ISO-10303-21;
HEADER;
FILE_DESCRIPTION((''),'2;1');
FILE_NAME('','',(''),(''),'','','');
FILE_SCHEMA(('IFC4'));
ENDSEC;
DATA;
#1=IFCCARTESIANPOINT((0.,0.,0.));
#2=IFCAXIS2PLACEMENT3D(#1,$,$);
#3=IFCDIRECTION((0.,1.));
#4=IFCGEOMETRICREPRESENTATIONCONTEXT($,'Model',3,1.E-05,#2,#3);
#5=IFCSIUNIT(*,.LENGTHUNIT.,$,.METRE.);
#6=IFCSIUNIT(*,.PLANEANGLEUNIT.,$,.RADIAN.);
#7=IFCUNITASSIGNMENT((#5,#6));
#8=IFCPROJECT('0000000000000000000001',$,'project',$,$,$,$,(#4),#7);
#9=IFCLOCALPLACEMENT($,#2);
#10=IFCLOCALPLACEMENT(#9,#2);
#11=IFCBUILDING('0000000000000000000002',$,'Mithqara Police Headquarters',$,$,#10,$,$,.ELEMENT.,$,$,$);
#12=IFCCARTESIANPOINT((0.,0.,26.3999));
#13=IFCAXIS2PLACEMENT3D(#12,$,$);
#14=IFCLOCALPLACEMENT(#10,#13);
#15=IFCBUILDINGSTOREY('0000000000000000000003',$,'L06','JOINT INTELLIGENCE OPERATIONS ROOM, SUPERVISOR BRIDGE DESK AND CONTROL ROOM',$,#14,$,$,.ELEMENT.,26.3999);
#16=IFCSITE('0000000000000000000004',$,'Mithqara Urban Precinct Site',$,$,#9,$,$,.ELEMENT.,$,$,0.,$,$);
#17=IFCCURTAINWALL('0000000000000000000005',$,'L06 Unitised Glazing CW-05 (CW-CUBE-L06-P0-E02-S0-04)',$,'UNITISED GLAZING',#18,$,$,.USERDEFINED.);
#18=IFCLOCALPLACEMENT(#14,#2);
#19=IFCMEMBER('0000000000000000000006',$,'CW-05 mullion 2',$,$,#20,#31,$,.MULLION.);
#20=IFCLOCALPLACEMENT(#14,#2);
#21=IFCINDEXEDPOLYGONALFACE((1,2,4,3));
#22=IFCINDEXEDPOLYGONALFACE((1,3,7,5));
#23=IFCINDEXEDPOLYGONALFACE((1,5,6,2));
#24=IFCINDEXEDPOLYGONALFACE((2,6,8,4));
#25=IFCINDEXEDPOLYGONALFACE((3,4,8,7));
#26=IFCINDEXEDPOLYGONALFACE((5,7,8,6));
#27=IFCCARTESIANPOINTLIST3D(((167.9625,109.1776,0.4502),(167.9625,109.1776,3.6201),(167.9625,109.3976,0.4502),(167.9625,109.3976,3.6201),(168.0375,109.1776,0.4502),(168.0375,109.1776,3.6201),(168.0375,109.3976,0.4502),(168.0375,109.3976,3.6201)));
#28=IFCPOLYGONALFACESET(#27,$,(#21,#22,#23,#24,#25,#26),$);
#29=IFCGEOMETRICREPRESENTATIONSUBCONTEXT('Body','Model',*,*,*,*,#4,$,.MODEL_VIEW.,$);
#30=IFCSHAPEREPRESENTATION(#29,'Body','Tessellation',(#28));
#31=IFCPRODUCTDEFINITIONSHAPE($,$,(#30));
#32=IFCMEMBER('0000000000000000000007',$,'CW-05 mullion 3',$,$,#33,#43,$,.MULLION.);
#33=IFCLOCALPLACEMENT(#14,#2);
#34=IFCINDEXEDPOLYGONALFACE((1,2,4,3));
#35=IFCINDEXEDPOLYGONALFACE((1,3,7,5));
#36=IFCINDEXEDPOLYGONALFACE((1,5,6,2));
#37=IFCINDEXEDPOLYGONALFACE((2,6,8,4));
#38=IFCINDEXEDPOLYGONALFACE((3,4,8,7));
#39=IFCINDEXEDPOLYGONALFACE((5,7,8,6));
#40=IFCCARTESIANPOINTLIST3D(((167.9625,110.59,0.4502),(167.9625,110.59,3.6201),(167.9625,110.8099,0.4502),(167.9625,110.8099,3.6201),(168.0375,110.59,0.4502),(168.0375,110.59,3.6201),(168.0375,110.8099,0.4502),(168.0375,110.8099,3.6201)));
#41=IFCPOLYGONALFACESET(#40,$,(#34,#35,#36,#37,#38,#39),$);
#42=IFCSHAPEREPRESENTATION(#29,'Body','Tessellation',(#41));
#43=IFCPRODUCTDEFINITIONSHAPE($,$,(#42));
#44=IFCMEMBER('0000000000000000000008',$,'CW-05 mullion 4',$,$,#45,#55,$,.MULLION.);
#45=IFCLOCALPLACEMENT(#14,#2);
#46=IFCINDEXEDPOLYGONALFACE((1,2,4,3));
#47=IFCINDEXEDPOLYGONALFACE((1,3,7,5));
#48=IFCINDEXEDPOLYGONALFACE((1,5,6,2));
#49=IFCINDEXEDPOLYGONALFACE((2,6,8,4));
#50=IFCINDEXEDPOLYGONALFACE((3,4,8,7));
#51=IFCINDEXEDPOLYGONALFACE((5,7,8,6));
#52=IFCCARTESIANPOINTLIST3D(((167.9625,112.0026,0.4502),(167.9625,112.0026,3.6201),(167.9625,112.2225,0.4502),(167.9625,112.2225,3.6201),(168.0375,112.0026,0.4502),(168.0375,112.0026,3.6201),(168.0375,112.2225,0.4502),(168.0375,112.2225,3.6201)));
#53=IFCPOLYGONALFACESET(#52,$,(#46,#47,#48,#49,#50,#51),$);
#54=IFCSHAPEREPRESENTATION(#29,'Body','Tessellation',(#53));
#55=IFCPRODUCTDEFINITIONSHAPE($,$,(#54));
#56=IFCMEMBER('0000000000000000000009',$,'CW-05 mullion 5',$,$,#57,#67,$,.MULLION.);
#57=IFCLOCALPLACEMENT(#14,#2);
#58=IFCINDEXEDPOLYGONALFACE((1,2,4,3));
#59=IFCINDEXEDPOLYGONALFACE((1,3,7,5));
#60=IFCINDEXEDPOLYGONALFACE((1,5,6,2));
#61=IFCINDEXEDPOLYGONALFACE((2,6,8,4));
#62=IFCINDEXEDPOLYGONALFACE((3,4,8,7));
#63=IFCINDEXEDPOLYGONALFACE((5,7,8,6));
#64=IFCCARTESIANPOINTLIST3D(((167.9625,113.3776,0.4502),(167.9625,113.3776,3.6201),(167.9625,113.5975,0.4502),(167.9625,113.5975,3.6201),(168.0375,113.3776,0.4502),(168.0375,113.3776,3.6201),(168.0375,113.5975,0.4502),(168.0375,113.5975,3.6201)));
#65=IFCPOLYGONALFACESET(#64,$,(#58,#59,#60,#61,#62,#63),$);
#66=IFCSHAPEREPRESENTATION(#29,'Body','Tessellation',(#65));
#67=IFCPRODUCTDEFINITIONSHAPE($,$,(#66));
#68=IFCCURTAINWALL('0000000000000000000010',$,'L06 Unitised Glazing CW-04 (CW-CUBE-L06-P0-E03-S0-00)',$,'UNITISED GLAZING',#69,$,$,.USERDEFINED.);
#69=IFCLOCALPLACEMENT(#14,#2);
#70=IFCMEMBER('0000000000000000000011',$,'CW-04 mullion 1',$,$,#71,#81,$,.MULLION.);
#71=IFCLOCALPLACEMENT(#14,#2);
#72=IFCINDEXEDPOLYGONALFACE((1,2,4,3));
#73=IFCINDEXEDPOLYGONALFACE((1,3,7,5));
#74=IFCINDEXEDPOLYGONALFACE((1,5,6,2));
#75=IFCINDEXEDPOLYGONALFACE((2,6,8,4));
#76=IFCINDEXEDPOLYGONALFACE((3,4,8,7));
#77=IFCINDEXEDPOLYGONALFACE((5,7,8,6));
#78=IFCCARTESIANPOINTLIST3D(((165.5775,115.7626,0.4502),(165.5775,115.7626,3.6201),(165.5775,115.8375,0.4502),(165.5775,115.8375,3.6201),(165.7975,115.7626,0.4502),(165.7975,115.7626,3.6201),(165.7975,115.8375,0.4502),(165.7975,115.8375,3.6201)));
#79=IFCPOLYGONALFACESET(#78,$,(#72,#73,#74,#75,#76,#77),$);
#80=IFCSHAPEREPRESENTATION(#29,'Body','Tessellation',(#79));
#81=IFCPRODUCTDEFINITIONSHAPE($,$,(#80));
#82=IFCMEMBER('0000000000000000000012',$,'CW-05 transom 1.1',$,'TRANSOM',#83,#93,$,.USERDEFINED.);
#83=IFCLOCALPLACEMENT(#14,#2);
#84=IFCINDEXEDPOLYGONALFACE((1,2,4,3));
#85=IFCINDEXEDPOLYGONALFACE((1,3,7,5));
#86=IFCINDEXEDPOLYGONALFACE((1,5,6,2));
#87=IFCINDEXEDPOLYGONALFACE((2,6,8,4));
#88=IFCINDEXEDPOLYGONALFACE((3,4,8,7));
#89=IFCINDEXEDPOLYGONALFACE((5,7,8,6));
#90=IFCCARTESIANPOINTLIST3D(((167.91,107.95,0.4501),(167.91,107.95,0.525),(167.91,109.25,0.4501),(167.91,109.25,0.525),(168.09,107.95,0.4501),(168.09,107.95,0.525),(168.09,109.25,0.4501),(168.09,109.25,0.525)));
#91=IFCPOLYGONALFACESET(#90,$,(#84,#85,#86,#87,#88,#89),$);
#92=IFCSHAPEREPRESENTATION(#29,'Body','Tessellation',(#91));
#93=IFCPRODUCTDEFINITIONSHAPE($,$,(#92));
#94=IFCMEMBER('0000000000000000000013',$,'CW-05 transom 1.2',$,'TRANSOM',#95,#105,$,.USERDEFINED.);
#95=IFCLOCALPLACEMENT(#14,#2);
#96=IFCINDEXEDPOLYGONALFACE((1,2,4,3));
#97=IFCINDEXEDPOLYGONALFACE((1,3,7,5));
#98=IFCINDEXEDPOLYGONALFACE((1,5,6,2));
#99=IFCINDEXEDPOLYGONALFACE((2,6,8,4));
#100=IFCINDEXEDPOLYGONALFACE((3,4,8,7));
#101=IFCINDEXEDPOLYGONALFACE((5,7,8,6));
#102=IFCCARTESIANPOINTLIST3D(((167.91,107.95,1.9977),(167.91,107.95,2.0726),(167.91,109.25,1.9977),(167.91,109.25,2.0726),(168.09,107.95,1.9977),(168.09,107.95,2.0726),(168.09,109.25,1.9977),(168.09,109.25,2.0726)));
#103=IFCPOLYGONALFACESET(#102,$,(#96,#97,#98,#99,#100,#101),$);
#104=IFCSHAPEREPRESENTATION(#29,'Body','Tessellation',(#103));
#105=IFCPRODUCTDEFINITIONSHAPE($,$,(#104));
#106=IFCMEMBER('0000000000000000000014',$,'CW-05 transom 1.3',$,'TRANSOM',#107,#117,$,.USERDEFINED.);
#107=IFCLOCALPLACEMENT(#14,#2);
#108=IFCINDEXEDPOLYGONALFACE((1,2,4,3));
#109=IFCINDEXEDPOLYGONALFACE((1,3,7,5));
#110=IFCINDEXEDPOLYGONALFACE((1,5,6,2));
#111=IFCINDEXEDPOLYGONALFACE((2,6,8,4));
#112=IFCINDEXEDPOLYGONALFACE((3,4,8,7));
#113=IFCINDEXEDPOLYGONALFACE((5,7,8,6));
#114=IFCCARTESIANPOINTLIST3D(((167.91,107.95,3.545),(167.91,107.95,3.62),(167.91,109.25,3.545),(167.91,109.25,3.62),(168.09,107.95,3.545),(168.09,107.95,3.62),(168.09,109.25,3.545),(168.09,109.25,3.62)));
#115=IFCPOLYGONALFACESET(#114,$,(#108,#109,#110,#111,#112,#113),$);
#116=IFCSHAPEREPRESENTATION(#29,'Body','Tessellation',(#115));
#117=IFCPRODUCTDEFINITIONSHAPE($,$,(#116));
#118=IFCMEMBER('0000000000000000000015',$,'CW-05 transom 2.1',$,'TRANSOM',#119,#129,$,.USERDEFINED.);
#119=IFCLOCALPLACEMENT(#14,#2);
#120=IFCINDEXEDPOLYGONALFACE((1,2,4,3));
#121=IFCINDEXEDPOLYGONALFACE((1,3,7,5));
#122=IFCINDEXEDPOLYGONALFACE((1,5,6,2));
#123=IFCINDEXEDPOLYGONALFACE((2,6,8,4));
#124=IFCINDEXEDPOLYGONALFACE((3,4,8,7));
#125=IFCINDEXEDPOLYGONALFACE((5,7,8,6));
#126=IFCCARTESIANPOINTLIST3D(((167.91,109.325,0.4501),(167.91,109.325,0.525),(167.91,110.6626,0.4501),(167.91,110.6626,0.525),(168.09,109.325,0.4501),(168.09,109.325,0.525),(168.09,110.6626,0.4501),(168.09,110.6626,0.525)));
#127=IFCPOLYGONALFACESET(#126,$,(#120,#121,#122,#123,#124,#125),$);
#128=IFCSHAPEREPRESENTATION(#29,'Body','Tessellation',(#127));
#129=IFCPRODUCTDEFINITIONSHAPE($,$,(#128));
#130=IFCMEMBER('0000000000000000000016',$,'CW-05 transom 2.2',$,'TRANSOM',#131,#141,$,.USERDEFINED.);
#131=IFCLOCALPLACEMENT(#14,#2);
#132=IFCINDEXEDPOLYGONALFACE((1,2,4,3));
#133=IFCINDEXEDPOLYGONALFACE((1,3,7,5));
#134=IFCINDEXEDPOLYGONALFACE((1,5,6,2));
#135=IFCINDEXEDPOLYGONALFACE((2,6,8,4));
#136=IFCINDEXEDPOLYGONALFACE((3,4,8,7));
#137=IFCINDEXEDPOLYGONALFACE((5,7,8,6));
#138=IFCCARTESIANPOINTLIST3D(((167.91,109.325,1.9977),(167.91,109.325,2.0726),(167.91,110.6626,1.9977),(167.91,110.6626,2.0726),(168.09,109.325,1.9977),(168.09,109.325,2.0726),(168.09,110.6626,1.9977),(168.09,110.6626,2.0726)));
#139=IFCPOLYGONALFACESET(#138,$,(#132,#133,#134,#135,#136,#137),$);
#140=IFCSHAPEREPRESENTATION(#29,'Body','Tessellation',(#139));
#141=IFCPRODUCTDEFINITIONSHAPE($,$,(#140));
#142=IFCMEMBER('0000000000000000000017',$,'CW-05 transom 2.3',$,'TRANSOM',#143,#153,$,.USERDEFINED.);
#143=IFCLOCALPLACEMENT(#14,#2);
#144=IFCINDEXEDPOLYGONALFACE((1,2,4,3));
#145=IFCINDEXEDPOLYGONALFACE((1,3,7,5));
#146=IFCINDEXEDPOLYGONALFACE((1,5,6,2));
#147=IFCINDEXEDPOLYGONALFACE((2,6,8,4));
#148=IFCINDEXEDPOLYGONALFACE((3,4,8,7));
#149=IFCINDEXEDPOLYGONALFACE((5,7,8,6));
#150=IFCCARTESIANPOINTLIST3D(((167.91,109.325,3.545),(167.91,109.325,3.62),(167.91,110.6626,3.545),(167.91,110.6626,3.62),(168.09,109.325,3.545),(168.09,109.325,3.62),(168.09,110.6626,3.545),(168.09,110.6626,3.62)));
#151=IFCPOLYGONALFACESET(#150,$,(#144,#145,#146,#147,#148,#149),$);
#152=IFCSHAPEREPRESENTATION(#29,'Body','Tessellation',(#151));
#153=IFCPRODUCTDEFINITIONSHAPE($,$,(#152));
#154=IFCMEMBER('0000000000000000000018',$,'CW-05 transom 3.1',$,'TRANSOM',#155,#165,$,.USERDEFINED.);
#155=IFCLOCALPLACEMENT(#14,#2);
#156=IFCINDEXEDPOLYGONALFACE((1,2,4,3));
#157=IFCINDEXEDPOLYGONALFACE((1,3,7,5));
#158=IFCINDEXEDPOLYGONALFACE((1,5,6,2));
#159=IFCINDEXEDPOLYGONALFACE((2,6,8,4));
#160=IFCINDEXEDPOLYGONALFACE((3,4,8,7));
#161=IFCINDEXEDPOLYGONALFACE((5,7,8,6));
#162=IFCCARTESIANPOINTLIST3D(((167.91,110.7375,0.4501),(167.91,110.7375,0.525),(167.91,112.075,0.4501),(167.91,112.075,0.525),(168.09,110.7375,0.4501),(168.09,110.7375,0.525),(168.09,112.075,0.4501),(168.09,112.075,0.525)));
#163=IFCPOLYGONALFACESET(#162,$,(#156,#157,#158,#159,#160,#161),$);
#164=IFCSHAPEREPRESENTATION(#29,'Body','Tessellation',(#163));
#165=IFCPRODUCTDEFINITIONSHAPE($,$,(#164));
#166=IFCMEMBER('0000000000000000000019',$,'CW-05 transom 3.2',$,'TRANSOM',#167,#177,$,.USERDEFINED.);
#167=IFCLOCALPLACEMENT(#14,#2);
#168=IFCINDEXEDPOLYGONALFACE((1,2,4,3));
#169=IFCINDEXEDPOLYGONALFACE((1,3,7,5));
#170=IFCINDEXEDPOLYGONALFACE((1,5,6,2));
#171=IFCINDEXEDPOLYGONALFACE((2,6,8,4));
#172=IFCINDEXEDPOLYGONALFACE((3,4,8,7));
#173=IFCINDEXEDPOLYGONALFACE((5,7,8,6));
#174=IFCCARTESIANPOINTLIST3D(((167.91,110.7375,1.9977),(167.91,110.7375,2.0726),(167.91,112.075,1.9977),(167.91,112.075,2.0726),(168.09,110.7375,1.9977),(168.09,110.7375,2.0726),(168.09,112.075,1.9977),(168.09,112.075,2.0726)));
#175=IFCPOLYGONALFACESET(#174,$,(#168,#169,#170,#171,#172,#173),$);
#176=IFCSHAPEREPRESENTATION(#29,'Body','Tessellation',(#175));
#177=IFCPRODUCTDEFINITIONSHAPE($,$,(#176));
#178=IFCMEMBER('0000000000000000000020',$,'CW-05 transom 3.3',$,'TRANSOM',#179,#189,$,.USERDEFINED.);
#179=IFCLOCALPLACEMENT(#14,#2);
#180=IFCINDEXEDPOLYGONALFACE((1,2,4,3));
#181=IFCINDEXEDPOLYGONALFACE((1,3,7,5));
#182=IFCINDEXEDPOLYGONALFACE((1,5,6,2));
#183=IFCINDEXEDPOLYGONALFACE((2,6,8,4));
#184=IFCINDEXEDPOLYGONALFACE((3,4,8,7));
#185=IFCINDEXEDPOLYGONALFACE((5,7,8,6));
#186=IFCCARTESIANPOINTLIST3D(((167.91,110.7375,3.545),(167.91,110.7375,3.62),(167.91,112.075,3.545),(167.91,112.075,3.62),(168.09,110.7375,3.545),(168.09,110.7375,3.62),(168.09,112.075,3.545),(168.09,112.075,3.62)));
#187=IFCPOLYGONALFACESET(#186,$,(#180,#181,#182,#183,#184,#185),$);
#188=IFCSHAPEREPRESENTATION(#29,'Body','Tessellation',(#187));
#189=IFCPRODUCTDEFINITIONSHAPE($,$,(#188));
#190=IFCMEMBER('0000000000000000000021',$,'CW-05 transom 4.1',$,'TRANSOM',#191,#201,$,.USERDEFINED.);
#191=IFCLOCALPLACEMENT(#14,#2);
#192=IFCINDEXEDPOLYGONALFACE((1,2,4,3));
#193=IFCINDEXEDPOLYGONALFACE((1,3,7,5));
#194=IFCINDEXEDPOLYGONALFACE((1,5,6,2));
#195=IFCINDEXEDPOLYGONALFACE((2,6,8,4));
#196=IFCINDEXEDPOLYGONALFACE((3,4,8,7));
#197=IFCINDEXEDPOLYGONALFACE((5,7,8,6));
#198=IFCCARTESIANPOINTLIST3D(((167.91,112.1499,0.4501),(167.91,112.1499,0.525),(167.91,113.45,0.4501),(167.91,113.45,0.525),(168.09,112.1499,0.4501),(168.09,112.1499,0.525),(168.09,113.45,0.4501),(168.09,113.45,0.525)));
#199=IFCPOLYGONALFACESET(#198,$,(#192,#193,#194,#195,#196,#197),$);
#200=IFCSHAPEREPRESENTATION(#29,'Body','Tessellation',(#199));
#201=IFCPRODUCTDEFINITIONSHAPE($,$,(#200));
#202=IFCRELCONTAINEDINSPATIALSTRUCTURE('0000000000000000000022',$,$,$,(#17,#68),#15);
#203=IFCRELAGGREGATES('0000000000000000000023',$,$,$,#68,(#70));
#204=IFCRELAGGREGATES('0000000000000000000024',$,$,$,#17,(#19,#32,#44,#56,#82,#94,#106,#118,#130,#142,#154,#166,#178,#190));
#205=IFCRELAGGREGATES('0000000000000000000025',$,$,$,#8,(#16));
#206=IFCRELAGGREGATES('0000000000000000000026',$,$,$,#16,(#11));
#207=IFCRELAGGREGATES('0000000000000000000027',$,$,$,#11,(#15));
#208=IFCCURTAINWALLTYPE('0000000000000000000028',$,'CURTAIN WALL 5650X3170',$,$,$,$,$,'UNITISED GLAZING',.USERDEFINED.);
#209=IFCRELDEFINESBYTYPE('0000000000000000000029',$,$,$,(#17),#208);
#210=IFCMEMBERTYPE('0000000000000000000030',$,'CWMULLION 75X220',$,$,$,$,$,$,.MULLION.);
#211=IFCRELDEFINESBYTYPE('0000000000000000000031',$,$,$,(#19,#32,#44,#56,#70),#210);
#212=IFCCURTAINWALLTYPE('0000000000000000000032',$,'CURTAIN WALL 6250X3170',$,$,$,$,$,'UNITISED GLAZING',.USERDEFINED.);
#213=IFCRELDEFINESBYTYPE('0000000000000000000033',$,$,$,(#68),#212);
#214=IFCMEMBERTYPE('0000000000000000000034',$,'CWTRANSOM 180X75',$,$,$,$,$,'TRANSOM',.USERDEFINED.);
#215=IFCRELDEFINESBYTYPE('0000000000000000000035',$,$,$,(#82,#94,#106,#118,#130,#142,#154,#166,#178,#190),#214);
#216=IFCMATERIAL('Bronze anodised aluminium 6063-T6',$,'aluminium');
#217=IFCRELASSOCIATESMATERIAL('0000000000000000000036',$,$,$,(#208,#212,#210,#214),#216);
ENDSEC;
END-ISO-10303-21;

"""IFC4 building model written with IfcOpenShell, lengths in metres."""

from ifc_helpers import new_model, si_unit, direction, frame, origin, origin_2d, place, context, subcontext, project, spatial, rectangle, extrude, material, material_profile, profile_set, type_object, element, aggregate, save


model = new_model("IFC4")

# Units and contexts
model_context = context("Model", 3, precision=1e-05, world=origin(), true_north=direction((0.0, 1.0)))
body_context = subcontext(model_context, "Body", "Model", "MODEL_VIEW")
ifc_project = project(units=[si_unit("LENGTHUNIT", "METRE"), si_unit("PLANEANGLEUNIT", "RADIAN")], contexts=[model_context])

# Site, building, storey
site_placement = place(None, origin())
site = spatial("IfcSite", under=ifc_project, at=site_placement, Name="Mithqara Urban Precinct Site", CompositionType="ELEMENT", RefElevation=0.0)
building_placement = place(site_placement, origin())
building = spatial("IfcBuilding", under=site, at=building_placement, Name="Mithqara Police Headquarters", CompositionType="ELEMENT")
storey_placement = place(building_placement, frame((0.0, 0.0, 26.3999)))
storey = spatial("IfcBuildingStorey", under=building, at=storey_placement, Name="L06", Description="JOINT INTELLIGENCE OPERATIONS ROOM, SUPERVISOR BRIDGE DESK AND CONTROL ROOM", CompositionType="ELEMENT", Elevation=26.3999)

# Curtain wall, members
ifc_material_1 = material(Name="Bronze anodised aluminium 6063-T6", Category="aluminium")
curtain_wall_type_1 = type_object("IfcCurtainWallType", Name="CURTAIN WALL 5650X3170", ElementType="UNITISED GLAZING", PredefinedType="USERDEFINED", material=ifc_material_1)
curtain_wall_1_placement = place(storey_placement, origin())
curtain_wall_1 = element("IfcCurtainWall", 1, at=curtain_wall_1_placement, inside=storey, type_object=curtain_wall_type_1, Name="L06 Unitised Glazing CW-05 (CW-CUBE-L06-P0-E02-S0-04)", ObjectType="UNITISED GLAZING", PredefinedType="USERDEFINED")
ifc_material_profile_1 = material_profile(ifc_material_1, rectangle(XDim=0.075, YDim=0.22, at=origin_2d()), Name="CWM 75x220")
ifc_profile_set_1 = profile_set([ifc_material_profile_1], Name="Bronze anodised aluminium 6063-T6")
member_type_1 = type_object("IfcMemberType", Name="CWMULLION 75X220", PredefinedType="MULLION", material=ifc_profile_set_1)
member_1_placement = place(storey_placement, frame((168.0, 109.2876, 0.4502), z_axis=(0.0, 0.0, 1.0), x_axis=(-1.0, 0.0, 0.0)))
member_1 = element("IfcMember", 2, at=member_1_placement, type_object=member_type_1, Name="CW-05 mullion 2", PredefinedType="MULLION", context=body_context, shape_type="SweptSolid", body=[
    extrude(rectangle(XDim=0.075, YDim=0.22, at=origin_2d()), origin(), (0.0, 0.0, 1.0), 3.1699),
])
member_2_placement = place(storey_placement, frame((168.0, 110.7, 0.4502), z_axis=(0.0, 0.0, 1.0), x_axis=(-1.0, 0.0, 0.0)))
member_2 = element("IfcMember", 3, at=member_2_placement, type_object=member_type_1, Name="CW-05 mullion 3", PredefinedType="MULLION", context=body_context, shape_type="SweptSolid", body=[
    extrude(rectangle(XDim=0.075, YDim=0.22, at=origin_2d()), origin(), (0.0, 0.0, 1.0), 3.1699),
])
member_3_placement = place(storey_placement, frame((168.0, 112.1125, 0.4502), z_axis=(0.0, 0.0, 1.0), x_axis=(-1.0, 0.0, 0.0)))
member_3 = element("IfcMember", 4, at=member_3_placement, type_object=member_type_1, Name="CW-05 mullion 4", PredefinedType="MULLION", context=body_context, shape_type="SweptSolid", body=[
    extrude(rectangle(XDim=0.075, YDim=0.22, at=origin_2d()), origin(), (0.0, 0.0, 1.0), 3.1699),
])
member_4_placement = place(storey_placement, frame((168.0, 113.4875, 0.4502), z_axis=(0.0, 0.0, 1.0), x_axis=(-1.0, 0.0, 0.0)))
member_4 = element("IfcMember", 5, at=member_4_placement, type_object=member_type_1, Name="CW-05 mullion 5", PredefinedType="MULLION", context=body_context, shape_type="SweptSolid", body=[
    extrude(rectangle(XDim=0.075, YDim=0.22, at=origin_2d()), origin(), (0.0, 0.0, 1.0), 3.1699),
])

# Curtain wall, member
curtain_wall_type_2 = type_object("IfcCurtainWallType", Name="CURTAIN WALL 6250X3170", ElementType="UNITISED GLAZING", PredefinedType="USERDEFINED", material=ifc_material_1)
curtain_wall_2_placement = place(storey_placement, origin())
curtain_wall_2 = element("IfcCurtainWall", 6, at=curtain_wall_2_placement, inside=storey, type_object=curtain_wall_type_2, Name="L06 Unitised Glazing CW-04 (CW-CUBE-L06-P0-E03-S0-00)", ObjectType="UNITISED GLAZING", PredefinedType="USERDEFINED")
member_5_placement = place(storey_placement, frame((165.6875, 115.8, 0.4502), z_axis=(0.0, 0.0, 1.0), x_axis=(0.0, -1.0, 0.0)))
member_5 = element("IfcMember", 7, at=member_5_placement, type_object=member_type_1, Name="CW-04 mullion 1", PredefinedType="MULLION", context=body_context, shape_type="SweptSolid", body=[
    extrude(rectangle(XDim=0.075, YDim=0.22, at=origin_2d()), origin(), (0.0, 0.0, 1.0), 3.1699),
])

# Members
ifc_material_profile_2 = material_profile(ifc_material_1, rectangle(XDim=0.1799, YDim=0.075, at=origin_2d()), Name="CWT 180x75")
ifc_profile_set_2 = profile_set([ifc_material_profile_2], Name="Bronze anodised aluminium 6063-T6")
member_type_2 = type_object("IfcMemberType", Name="CWTRANSOM 180X75", ElementType="TRANSOM", PredefinedType="USERDEFINED", material=ifc_profile_set_2)
member_6_placement = place(storey_placement, frame((168.0, 107.95, 0.4875), z_axis=(0.0, 1.0, 0.0), x_axis=(-1.0, 0.0, 0.0)))
member_6 = element("IfcMember", 8, at=member_6_placement, type_object=member_type_2, Name="CW-05 transom 1.1", ObjectType="TRANSOM", PredefinedType="USERDEFINED", context=body_context, shape_type="SweptSolid", body=[
    extrude(rectangle(XDim=0.1799, YDim=0.075, at=origin_2d()), origin(), (0.0, 0.0, 1.0), 1.3),
])
member_7_placement = place(storey_placement, frame((168.0, 107.95, 2.0352), z_axis=(0.0, 1.0, 0.0), x_axis=(-1.0, 0.0, 0.0)))
member_7 = element("IfcMember", 9, at=member_7_placement, type_object=member_type_2, Name="CW-05 transom 1.2", ObjectType="TRANSOM", PredefinedType="USERDEFINED", context=body_context, shape_type="SweptSolid", body=[
    extrude(rectangle(XDim=0.1799, YDim=0.075, at=origin_2d()), origin(), (0.0, 0.0, 1.0), 1.3),
])
member_8_placement = place(storey_placement, frame((168.0, 107.95, 3.5825), z_axis=(0.0, 1.0, 0.0), x_axis=(-1.0, 0.0, 0.0)))
member_8 = element("IfcMember", 10, at=member_8_placement, type_object=member_type_2, Name="CW-05 transom 1.3", ObjectType="TRANSOM", PredefinedType="USERDEFINED", context=body_context, shape_type="SweptSolid", body=[
    extrude(rectangle(XDim=0.1799, YDim=0.075, at=origin_2d()), origin(), (0.0, 0.0, 1.0), 1.3),
])
member_9_placement = place(storey_placement, frame((168.0, 109.325, 0.4875), z_axis=(0.0, 1.0, 0.0), x_axis=(-1.0, 0.0, 0.0)))
member_9 = element("IfcMember", 11, at=member_9_placement, type_object=member_type_2, Name="CW-05 transom 2.1", ObjectType="TRANSOM", PredefinedType="USERDEFINED", context=body_context, shape_type="SweptSolid", body=[
    extrude(rectangle(XDim=0.1799, YDim=0.075, at=origin_2d()), origin(), (0.0, 0.0, 1.0), 1.3376),
])
member_10_placement = place(storey_placement, frame((168.0, 109.325, 2.0352), z_axis=(0.0, 1.0, 0.0), x_axis=(-1.0, 0.0, 0.0)))
member_10 = element("IfcMember", 12, at=member_10_placement, type_object=member_type_2, Name="CW-05 transom 2.2", ObjectType="TRANSOM", PredefinedType="USERDEFINED", context=body_context, shape_type="SweptSolid", body=[
    extrude(rectangle(XDim=0.1799, YDim=0.075, at=origin_2d()), origin(), (0.0, 0.0, 1.0), 1.3376),
])
member_11_placement = place(storey_placement, frame((168.0, 109.325, 3.5825), z_axis=(0.0, 1.0, 0.0), x_axis=(-1.0, 0.0, 0.0)))
member_11 = element("IfcMember", 13, at=member_11_placement, type_object=member_type_2, Name="CW-05 transom 2.3", ObjectType="TRANSOM", PredefinedType="USERDEFINED", context=body_context, shape_type="SweptSolid", body=[
    extrude(rectangle(XDim=0.1799, YDim=0.075, at=origin_2d()), origin(), (0.0, 0.0, 1.0), 1.3376),
])
member_12_placement = place(storey_placement, frame((168.0, 110.7375, 0.4875), z_axis=(0.0, 1.0, 0.0), x_axis=(-1.0, 0.0, 0.0)))
member_12 = element("IfcMember", 14, at=member_12_placement, type_object=member_type_2, Name="CW-05 transom 3.1", ObjectType="TRANSOM", PredefinedType="USERDEFINED", context=body_context, shape_type="SweptSolid", body=[
    extrude(rectangle(XDim=0.1799, YDim=0.075, at=origin_2d()), origin(), (0.0, 0.0, 1.0), 1.3374),
])
member_13_placement = place(storey_placement, frame((168.0, 110.7375, 2.0352), z_axis=(0.0, 1.0, 0.0), x_axis=(-1.0, 0.0, 0.0)))
member_13 = element("IfcMember", 15, at=member_13_placement, type_object=member_type_2, Name="CW-05 transom 3.2", ObjectType="TRANSOM", PredefinedType="USERDEFINED", context=body_context, shape_type="SweptSolid", body=[
    extrude(rectangle(XDim=0.1799, YDim=0.075, at=origin_2d()), origin(), (0.0, 0.0, 1.0), 1.3374),
])
member_14_placement = place(storey_placement, frame((168.0, 110.7375, 3.5825), z_axis=(0.0, 1.0, 0.0), x_axis=(-1.0, 0.0, 0.0)))
member_14 = element("IfcMember", 16, at=member_14_placement, type_object=member_type_2, Name="CW-05 transom 3.3", ObjectType="TRANSOM", PredefinedType="USERDEFINED", context=body_context, shape_type="SweptSolid", body=[
    extrude(rectangle(XDim=0.1799, YDim=0.075, at=origin_2d()), origin(), (0.0, 0.0, 1.0), 1.3374),
])
member_15_placement = place(storey_placement, frame((168.0, 112.1499, 0.4875), z_axis=(0.0, 1.0, 0.0), x_axis=(-1.0, 0.0, 0.0)))
member_15 = element("IfcMember", 17, at=member_15_placement, type_object=member_type_2, Name="CW-05 transom 4.1", ObjectType="TRANSOM", PredefinedType="USERDEFINED", context=body_context, shape_type="SweptSolid", body=[
    extrude(rectangle(XDim=0.1799, YDim=0.075, at=origin_2d()), origin(), (0.0, 0.0, 1.0), 1.3),
])
aggregate(curtain_wall_2, [member_5])

aggregate(curtain_wall_1, [member_1, member_2, member_3, member_4, member_6, member_7, member_8, member_9, member_10, member_11, member_12, member_13, member_14, member_15])

save(model, "model.ifc")
